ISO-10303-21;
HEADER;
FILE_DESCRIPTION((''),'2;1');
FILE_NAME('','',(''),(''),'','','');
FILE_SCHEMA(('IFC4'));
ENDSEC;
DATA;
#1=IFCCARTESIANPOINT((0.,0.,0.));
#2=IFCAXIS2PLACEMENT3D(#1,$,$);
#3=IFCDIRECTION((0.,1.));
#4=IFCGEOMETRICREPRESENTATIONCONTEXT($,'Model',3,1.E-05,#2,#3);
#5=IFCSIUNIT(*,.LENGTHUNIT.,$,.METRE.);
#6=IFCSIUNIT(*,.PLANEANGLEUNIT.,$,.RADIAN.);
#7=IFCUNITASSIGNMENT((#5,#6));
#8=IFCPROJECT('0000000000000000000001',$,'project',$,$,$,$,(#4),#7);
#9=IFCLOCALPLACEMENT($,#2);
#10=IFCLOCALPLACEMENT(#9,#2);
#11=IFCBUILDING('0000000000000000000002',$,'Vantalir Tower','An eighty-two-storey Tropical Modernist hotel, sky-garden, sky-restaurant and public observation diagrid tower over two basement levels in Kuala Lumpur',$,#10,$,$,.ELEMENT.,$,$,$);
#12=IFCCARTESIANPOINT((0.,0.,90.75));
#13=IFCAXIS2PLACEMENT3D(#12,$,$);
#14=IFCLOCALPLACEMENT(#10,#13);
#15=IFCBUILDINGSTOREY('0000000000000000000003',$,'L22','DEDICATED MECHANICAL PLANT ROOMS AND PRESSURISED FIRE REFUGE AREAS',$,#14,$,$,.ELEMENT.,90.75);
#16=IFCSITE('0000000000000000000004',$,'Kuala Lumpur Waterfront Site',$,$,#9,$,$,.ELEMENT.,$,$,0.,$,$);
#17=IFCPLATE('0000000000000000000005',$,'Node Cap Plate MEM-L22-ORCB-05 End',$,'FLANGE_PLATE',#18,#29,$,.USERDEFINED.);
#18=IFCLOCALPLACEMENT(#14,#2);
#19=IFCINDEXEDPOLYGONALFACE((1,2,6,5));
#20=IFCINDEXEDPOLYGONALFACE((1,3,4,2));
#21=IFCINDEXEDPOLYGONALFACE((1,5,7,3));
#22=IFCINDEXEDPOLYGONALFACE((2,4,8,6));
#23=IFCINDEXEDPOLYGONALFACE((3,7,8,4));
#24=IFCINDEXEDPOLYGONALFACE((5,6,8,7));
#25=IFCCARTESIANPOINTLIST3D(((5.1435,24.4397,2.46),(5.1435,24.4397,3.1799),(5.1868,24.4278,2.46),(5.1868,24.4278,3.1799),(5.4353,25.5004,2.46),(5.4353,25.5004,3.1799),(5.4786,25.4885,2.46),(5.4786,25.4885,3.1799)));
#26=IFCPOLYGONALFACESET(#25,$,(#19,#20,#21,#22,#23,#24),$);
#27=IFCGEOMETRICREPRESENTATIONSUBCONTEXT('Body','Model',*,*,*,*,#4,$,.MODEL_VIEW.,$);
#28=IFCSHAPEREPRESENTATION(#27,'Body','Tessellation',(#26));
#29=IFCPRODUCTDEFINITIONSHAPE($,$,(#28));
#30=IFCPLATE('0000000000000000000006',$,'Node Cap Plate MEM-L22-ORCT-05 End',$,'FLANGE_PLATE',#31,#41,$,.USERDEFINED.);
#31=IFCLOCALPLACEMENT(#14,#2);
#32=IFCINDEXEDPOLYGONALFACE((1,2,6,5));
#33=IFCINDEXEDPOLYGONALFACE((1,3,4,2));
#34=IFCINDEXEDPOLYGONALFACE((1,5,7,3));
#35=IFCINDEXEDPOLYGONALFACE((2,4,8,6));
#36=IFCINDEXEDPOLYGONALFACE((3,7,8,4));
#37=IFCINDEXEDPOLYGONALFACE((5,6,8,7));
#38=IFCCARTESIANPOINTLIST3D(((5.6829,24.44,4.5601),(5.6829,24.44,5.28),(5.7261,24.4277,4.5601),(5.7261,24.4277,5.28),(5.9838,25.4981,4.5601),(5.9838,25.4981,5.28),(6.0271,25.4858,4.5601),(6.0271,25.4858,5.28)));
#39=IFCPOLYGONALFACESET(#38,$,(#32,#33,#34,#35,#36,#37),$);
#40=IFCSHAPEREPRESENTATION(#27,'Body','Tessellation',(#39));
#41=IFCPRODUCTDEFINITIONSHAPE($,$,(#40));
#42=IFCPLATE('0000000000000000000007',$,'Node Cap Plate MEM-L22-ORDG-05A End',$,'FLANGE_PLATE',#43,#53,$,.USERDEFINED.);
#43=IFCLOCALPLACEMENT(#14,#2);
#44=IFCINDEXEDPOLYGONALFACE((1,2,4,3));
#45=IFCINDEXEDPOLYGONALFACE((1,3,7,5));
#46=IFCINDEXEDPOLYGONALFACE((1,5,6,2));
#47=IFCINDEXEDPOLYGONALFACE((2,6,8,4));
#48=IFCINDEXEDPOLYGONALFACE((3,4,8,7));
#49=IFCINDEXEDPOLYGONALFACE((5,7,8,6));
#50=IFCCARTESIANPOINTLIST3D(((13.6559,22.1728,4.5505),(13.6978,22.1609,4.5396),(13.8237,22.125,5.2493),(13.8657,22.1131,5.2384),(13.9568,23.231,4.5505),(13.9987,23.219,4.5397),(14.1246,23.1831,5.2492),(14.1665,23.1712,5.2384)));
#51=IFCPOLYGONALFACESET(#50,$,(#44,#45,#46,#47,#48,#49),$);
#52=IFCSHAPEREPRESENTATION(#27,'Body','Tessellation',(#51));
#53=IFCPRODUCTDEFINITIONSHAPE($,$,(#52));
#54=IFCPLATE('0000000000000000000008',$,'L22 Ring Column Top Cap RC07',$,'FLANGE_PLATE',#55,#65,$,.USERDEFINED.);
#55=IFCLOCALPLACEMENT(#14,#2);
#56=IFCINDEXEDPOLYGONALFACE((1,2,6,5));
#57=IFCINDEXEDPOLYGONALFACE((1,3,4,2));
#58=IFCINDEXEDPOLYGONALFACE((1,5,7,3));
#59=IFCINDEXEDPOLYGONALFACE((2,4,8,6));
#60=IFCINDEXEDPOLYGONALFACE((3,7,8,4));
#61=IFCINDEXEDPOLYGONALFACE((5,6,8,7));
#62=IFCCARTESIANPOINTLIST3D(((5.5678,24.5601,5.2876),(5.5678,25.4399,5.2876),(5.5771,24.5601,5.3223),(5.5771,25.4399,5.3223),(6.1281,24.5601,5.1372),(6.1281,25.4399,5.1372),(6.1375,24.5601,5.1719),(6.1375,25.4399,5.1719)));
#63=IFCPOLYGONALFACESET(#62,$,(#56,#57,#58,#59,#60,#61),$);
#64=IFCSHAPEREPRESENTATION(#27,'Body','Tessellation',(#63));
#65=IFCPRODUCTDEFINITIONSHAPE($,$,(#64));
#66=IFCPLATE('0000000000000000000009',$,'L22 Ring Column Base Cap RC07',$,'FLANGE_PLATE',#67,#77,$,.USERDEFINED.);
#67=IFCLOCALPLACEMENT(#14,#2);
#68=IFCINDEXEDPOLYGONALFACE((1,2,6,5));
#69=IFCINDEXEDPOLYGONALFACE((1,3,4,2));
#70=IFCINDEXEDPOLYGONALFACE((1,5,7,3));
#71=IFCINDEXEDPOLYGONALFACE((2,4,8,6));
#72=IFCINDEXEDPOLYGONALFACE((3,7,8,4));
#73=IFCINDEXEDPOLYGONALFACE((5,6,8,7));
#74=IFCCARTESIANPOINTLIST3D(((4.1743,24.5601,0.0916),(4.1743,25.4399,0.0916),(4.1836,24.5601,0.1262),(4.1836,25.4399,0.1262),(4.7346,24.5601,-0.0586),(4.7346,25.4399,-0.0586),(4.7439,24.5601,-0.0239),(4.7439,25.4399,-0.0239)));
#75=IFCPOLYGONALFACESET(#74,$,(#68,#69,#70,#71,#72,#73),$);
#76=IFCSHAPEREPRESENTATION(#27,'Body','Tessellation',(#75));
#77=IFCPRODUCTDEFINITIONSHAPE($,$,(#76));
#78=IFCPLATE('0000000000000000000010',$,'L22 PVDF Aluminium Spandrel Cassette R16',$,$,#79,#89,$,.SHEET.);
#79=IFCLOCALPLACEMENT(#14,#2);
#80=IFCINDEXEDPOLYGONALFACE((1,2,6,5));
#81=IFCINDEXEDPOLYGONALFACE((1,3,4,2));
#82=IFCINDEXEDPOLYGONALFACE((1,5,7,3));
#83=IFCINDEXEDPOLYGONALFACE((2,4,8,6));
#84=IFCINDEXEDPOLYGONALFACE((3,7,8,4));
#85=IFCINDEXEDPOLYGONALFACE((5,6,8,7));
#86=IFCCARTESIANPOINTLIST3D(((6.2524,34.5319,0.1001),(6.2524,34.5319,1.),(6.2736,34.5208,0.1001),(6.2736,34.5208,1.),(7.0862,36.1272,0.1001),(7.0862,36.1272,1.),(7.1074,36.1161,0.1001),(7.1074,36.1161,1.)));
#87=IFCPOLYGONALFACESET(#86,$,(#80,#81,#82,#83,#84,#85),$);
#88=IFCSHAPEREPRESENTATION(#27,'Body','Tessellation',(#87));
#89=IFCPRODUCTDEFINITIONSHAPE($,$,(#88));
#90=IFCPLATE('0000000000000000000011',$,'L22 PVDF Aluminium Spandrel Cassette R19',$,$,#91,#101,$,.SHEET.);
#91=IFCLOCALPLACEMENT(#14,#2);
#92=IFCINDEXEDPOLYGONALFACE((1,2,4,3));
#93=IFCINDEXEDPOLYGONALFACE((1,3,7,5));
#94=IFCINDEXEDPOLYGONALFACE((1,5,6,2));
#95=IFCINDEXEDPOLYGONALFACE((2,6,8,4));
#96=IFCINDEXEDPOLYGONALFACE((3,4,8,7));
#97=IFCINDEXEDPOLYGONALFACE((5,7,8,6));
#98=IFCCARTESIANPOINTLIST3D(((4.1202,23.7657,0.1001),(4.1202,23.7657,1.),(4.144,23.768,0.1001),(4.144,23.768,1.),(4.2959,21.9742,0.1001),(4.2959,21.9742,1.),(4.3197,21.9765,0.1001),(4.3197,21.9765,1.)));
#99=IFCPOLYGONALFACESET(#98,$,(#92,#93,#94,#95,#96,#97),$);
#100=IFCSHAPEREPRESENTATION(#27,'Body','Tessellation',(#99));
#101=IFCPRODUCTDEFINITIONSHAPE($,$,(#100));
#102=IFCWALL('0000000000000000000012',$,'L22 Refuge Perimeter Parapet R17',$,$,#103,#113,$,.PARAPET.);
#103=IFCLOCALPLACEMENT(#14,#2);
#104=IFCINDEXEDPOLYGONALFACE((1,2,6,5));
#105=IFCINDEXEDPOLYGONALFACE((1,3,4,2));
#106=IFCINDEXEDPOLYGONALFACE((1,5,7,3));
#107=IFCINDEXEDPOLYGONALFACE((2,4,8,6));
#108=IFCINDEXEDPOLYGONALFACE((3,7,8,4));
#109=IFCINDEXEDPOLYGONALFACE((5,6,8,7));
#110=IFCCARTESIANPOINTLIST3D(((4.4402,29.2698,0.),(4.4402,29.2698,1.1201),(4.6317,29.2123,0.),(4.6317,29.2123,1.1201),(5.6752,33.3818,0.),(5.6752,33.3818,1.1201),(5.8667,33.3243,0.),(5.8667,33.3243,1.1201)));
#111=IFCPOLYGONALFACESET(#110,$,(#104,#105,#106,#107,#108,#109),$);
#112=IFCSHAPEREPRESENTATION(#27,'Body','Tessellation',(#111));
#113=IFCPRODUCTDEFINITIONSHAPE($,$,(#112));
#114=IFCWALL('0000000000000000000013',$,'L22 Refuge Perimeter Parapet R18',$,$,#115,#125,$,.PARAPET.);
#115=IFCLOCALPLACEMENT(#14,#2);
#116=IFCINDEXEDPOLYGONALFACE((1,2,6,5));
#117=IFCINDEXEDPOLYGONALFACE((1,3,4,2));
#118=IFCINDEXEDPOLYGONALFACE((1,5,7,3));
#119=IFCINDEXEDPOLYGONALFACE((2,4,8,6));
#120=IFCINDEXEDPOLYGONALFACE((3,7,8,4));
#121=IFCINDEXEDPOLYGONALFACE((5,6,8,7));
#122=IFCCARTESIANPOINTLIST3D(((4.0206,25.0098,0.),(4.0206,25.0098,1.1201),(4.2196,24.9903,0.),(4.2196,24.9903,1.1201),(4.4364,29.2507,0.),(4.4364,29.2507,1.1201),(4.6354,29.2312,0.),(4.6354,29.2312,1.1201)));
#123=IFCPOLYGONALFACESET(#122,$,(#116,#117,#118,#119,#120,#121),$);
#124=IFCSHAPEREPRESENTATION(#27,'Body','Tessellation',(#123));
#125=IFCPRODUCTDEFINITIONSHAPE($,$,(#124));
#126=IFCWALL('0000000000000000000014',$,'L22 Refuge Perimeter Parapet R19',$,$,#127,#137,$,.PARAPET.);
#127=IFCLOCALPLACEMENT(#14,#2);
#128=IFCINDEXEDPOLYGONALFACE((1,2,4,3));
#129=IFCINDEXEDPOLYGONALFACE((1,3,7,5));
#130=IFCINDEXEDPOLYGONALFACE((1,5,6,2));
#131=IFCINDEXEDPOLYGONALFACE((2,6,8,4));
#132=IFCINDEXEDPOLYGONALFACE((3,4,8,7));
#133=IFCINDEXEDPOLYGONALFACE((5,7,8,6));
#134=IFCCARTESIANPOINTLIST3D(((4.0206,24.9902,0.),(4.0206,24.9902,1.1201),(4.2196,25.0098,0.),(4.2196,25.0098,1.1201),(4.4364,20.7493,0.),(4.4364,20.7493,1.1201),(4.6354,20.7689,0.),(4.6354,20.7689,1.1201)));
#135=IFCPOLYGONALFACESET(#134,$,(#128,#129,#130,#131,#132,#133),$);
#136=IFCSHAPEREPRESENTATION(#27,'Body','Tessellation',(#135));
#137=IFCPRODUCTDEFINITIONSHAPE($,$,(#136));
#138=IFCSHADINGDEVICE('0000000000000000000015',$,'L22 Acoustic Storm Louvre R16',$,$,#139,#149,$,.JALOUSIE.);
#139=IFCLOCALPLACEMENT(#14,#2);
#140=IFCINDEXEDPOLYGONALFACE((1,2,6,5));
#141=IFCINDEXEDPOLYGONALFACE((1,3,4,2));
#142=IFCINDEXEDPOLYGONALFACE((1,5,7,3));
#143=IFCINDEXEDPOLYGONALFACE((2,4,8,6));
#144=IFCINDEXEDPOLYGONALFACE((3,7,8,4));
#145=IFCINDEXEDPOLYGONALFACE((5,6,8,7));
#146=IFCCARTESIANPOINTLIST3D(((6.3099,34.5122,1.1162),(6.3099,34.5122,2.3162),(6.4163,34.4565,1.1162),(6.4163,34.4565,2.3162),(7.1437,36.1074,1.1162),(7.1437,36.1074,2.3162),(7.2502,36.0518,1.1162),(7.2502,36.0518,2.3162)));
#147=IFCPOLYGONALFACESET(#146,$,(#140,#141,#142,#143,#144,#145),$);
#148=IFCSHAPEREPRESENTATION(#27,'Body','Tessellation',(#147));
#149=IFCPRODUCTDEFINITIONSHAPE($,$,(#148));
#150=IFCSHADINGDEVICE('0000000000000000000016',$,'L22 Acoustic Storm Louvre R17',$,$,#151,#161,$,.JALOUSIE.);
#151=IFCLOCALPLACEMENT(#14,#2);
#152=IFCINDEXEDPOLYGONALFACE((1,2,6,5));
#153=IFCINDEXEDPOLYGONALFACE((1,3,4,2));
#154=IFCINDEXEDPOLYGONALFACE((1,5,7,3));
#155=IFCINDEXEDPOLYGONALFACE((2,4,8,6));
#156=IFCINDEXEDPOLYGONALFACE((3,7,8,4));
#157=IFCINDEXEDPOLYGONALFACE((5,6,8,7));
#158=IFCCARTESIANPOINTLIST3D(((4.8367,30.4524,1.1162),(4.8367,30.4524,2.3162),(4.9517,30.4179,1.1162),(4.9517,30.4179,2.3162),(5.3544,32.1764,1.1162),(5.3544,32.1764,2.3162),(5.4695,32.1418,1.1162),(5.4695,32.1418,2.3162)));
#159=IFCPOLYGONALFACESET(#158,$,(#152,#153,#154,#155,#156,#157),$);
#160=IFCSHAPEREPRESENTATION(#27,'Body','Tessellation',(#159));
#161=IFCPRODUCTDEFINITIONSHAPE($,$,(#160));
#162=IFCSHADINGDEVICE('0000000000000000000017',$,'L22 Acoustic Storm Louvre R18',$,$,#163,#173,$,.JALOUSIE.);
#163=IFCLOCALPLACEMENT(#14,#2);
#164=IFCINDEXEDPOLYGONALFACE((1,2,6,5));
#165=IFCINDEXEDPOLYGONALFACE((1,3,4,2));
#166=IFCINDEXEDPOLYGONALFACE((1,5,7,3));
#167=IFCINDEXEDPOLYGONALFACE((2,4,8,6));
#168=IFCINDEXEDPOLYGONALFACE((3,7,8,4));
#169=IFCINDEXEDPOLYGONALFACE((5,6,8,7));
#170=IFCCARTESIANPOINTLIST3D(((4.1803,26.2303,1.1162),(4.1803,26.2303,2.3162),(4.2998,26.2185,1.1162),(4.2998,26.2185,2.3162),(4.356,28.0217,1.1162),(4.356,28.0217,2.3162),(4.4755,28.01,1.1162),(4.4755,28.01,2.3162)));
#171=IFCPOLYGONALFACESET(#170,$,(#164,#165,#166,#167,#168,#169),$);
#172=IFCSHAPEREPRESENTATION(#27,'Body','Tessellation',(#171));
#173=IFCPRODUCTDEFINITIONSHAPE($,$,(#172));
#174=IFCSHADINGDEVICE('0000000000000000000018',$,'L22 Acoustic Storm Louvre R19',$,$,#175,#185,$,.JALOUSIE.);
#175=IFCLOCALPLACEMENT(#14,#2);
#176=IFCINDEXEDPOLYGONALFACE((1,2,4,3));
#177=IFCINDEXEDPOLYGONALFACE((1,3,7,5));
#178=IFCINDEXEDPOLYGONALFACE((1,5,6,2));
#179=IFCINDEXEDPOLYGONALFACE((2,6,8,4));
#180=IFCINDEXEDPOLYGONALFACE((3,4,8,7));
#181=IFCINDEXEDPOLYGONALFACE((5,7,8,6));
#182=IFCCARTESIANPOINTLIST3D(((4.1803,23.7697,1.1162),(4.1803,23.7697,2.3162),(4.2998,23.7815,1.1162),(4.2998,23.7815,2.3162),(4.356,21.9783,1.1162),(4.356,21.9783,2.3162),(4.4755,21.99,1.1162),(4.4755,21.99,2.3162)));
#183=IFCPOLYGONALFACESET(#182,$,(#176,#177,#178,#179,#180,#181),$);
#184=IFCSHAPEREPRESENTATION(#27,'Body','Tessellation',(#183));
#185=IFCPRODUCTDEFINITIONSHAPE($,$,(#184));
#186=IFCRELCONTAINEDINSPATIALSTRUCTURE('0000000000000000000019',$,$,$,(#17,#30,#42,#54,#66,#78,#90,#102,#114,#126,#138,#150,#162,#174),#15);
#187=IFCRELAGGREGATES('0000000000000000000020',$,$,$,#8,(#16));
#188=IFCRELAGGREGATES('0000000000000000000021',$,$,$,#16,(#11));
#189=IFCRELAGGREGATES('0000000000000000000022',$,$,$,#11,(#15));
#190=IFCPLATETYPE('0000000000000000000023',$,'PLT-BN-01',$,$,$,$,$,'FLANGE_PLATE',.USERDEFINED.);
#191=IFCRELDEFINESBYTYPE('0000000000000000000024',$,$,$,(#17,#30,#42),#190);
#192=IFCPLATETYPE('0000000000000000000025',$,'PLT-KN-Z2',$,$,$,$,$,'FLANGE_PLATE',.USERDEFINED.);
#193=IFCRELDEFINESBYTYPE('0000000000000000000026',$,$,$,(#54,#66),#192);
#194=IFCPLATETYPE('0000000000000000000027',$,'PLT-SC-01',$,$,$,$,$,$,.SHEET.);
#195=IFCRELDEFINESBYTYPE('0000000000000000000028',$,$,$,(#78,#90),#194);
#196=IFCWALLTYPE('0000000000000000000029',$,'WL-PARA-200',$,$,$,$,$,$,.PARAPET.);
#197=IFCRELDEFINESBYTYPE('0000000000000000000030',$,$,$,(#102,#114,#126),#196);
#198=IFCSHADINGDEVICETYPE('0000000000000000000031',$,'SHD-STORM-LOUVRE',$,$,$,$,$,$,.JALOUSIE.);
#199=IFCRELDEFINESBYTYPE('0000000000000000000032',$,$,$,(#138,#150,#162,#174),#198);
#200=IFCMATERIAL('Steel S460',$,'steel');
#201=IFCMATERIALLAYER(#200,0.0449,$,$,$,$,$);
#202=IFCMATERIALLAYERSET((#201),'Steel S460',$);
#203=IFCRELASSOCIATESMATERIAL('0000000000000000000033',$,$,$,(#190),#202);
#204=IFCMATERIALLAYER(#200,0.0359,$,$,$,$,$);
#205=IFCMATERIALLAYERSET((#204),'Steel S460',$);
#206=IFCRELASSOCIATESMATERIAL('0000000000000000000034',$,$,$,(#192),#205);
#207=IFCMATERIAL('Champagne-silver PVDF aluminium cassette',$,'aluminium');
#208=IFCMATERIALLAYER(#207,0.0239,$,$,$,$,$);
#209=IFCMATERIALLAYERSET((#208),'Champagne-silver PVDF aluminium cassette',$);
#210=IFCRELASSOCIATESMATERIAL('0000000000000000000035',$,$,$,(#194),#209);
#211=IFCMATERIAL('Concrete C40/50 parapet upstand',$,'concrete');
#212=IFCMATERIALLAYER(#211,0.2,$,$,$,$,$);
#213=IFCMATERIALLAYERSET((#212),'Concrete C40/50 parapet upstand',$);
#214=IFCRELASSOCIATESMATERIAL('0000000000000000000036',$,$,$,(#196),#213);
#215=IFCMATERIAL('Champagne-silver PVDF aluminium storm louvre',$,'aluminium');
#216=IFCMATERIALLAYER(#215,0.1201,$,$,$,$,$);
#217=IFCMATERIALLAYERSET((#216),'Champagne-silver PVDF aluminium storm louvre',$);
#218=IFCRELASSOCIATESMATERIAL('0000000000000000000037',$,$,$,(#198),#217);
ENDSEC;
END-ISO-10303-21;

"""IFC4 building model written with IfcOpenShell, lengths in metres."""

from ifc_helpers import new_model, si_unit, direction, frame, frame_2d, origin, origin_2d, place, context, subcontext, project, spatial, polyline, rectangle, outline, extrude, material, layer, layer_set, type_object, element, save


model = new_model("IFC4")

# Units and contexts
model_context = context("Model", 3, precision=1e-05, world=origin(), true_north=direction((0.0, 1.0)))
body_context = subcontext(model_context, "Body", "Model", "MODEL_VIEW")
ifc_project = project(units=[si_unit("LENGTHUNIT", "METRE"), si_unit("PLANEANGLEUNIT", "RADIAN")], contexts=[model_context])

# Site, building, storey
site_placement = place(None, origin())
site = spatial("IfcSite", under=ifc_project, at=site_placement, Name="Kuala Lumpur Waterfront Site", CompositionType="ELEMENT", RefElevation=0.0)
building_placement = place(site_placement, origin())
building = spatial("IfcBuilding", under=site, at=building_placement, Name="Vantalir Tower", Description="An eighty-two-storey Tropical Modernist hotel, sky-garden, sky-restaurant and public observation diagrid tower over two basement levels in Kuala Lumpur", CompositionType="ELEMENT")
storey_placement = place(building_placement, frame((0.0, 0.0, 90.75)))
storey = spatial("IfcBuildingStorey", under=building, at=storey_placement, Name="L22", Description="DEDICATED MECHANICAL PLANT ROOMS AND PRESSURISED FIRE REFUGE AREAS", CompositionType="ELEMENT", Elevation=90.75)

# Shared definitions
ifc_material_1 = material(Name="Steel S460", Category="steel")

# Plates
ifc_layer_1 = layer(ifc_material_1, 0.0449)
ifc_layer_set_1 = layer_set([ifc_layer_1], Name="Steel S460")
plate_type_1 = type_object("IfcPlateType", Name="PLT-BN-01", ElementType="FLANGE_PLATE", PredefinedType="USERDEFINED", material=ifc_layer_set_1)
for number, where, z_axis, x_axis, name in (
    (1, (5.311, 24.9641, 2.46), (0.0, 0.0, 1.0), (-0.96417, 0.265287, 0.0), "Node Cap Plate MEM-L22-ORCB-05 End"),
    (2, (5.855, 24.9629, 4.5601), (0.0, 0.0, 1.0), (-0.961856, 0.273556, 0.0), "Node Cap Plate MEM-L22-ORCT-05 End"),
):
    element("IfcPlate", number, at=place(storey_placement, frame(where, z_axis=z_axis, x_axis=x_axis)), inside=storey, type_object=plate_type_1, Name=name, ObjectType="FLANGE_PLATE", PredefinedType="USERDEFINED", context=body_context, shape_type="SweptSolid", body=[
        extrude(rectangle(XDim=0.0449, YDim=1.1001, at=origin_2d()), origin(), (0.0, 0.0, 1.0), 0.72),
    ])
plate_1_placement = place(storey_placement, frame((13.9568, 23.231, 4.5505), z_axis=(-0.93319, 0.26538, 0.242342), x_axis=(-0.27354, -0.961861, -0.000025)))
element("IfcPlate", 3, at=plate_1_placement, inside=storey, type_object=plate_type_1, Name="Node Cap Plate MEM-L22-ORDG-05A End", ObjectType="FLANGE_PLATE", PredefinedType="USERDEFINED", context=body_context, shape_type="SweptSolid", body=[
    extrude(outline(polyline([(0.0, 0.0), (1.1001, 0.0), (1.1002, 0.7202), (0.0001, 0.7202), (0.0, 0.0)])), origin(), (0.0, 0.0, -1.0), 0.0449),
])
ifc_layer_2 = layer(ifc_material_1, 0.0359)
ifc_layer_set_2 = layer_set([ifc_layer_2], Name="Steel S460")
plate_type_2 = type_object("IfcPlateType", Name="PLT-KN-Z2", ElementType="FLANGE_PLATE", PredefinedType="USERDEFINED", material=ifc_layer_set_2)
plate_2_placement = place(storey_placement, frame((5.5771, 25.4399, 5.3223), z_axis=(0.259234, 0.0, 0.965815), x_axis=(0.0, -1.0, 0.0)))
element("IfcPlate", 4, at=plate_2_placement, inside=storey, type_object=plate_type_2, Name="L22 Ring Column Top Cap RC07", ObjectType="FLANGE_PLATE", PredefinedType="USERDEFINED", context=body_context, shape_type="SweptSolid", body=[
    extrude(outline(polyline([(0.0, 0.0), (0.8799, 0.0), (0.8799, 0.5801), (0.0, 0.5801), (0.0, 0.0)])), origin(), (0.0, 0.0, -1.0), 0.0359),
])
plate_3_placement = place(storey_placement, frame((4.1836, 25.4399, 0.1262), z_axis=(0.258841, 0.0, 0.96592), x_axis=(0.0, -1.0, 0.0)))
element("IfcPlate", 5, at=plate_3_placement, inside=storey, type_object=plate_type_2, Name="L22 Ring Column Base Cap RC07", ObjectType="FLANGE_PLATE", PredefinedType="USERDEFINED", context=body_context, shape_type="SweptSolid", body=[
    extrude(outline(polyline([(0.0, 0.0), (0.8799, 0.0), (0.8799, 0.5801), (0.0, 0.5801), (0.0, 0.0)])), origin(), (0.0, 0.0, -1.0), 0.0359),
])
ifc_material_2 = material(Name="Champagne-silver PVDF aluminium cassette", Category="aluminium")
ifc_layer_3 = layer(ifc_material_2, 0.0239)
ifc_layer_set_3 = layer_set([ifc_layer_3], Name="Champagne-silver PVDF aluminium cassette")
plate_type_3 = type_object("IfcPlateType", Name="PLT-SC-01", PredefinedType="SHEET", material=ifc_layer_set_3)
for number, where, z_axis, x_axis, name in (
    (6, (6.6799, 35.324, 0.1001), (0.0, 0.0, 1.0), (-0.463219, -0.886244, 0.0), "L22 PVDF Aluminium Spandrel Cassette R16"),
    (7, (4.22, 22.8711, 0.1001), (0.0, 0.0, 1.0), (0.097618, -0.995224, 0.0), "L22 PVDF Aluminium Spandrel Cassette R19"),
):
    element("IfcPlate", number, at=place(storey_placement, frame(where, z_axis=z_axis, x_axis=x_axis)), inside=storey, type_object=plate_type_3, Name=name, PredefinedType="SHEET", context=body_context, shape_type="SweptSolid", body=[
        extrude(rectangle(XDim=1.8, YDim=0.0239, at=origin_2d()), origin(), (0.0, 0.0, 1.0), 0.8999),
    ])

# Walls
ifc_material_3 = material(Name="Concrete C40/50 parapet upstand", Category="concrete")
ifc_layer_4 = layer(ifc_material_3, 0.2)
ifc_layer_set_4 = layer_set([ifc_layer_4], Name="Concrete C40/50 parapet upstand")
wall_type = type_object("IfcWallType", Name="WL-PARA-200", PredefinedType="PARAPET", material=ifc_layer_set_4)
wall_placement = place(storey_placement, frame((5.771, 33.353, 0.0), z_axis=(0.0, 0.0, 1.0), x_axis=(-0.287666, -0.957731, 0.0)))
element("IfcWall", 8, at=wall_placement, inside=storey, type_object=wall_type, Name="L22 Refuge Perimeter Parapet R17", PredefinedType="PARAPET", context=body_context, shape_type="SweptSolid", body=[
    extrude(rectangle(XDim=4.2935, YDim=0.2, at=frame_2d((2.1467, 0.0))), origin(), (0.0, 0.0, 1.0), 1.1201),
])
for number, where, z_axis, x_axis, name in (
    (9, (4.5359, 29.241, 0.0), (0.0, 0.0, 1.0), (-0.097569, -0.995229, 0.0), "L22 Refuge Perimeter Parapet R18"),
    (10, (4.1201, 25.0, 0.0), (0.0, 0.0, 1.0), (0.097569, -0.995229, 0.0), "L22 Refuge Perimeter Parapet R19"),
):
    element("IfcWall", number, at=place(storey_placement, frame(where, z_axis=z_axis, x_axis=x_axis)), inside=storey, type_object=wall_type, Name=name, PredefinedType="PARAPET", context=body_context, shape_type="SweptSolid", body=[
        extrude(rectangle(XDim=4.2612, YDim=0.2, at=frame_2d((2.1306, 0.0))), origin(), (0.0, 0.0, 1.0), 1.1201),
    ])

# Shading devices
ifc_material_4 = material(Name="Champagne-silver PVDF aluminium storm louvre", Category="aluminium")
ifc_layer_5 = layer(ifc_material_4, 0.1201)
ifc_layer_set_5 = layer_set([ifc_layer_5], Name="Champagne-silver PVDF aluminium storm louvre")
shading_device_type = type_object("IfcShadingDeviceType", Name="SHD-STORM-LOUVRE", PredefinedType="JALOUSIE", material=ifc_layer_set_5)
for number, where, z_axis, x_axis, name in (
    (11, (6.78, 35.282, 1.1162), (0.0, 0.0, 1.0), (-0.463219, -0.886244, 0.0), "L22 Acoustic Storm Louvre R16"),
    (12, (5.1531, 31.2971, 1.1162), (0.0, 0.0, 1.0), (-0.287645, -0.957737, 0.0), "L22 Acoustic Storm Louvre R17"),
    (13, (4.3279, 27.1201, 1.1162), (0.0, 0.0, 1.0), (-0.097618, -0.995224, 0.0), "L22 Acoustic Storm Louvre R18"),
    (14, (4.3279, 22.8799, 1.1162), (0.0, 0.0, 1.0), (0.097618, -0.995224, 0.0), "L22 Acoustic Storm Louvre R19"),
):
    element("IfcShadingDevice", number, at=place(storey_placement, frame(where, z_axis=z_axis, x_axis=x_axis)), inside=storey, type_object=shading_device_type, Name=name, PredefinedType="JALOUSIE", context=body_context, shape_type="SweptSolid", body=[
        extrude(rectangle(XDim=1.8, YDim=0.1201, at=origin_2d()), origin(), (0.0, 0.0, 1.0), 1.2),
    ])

save(model, "model.ifc")
